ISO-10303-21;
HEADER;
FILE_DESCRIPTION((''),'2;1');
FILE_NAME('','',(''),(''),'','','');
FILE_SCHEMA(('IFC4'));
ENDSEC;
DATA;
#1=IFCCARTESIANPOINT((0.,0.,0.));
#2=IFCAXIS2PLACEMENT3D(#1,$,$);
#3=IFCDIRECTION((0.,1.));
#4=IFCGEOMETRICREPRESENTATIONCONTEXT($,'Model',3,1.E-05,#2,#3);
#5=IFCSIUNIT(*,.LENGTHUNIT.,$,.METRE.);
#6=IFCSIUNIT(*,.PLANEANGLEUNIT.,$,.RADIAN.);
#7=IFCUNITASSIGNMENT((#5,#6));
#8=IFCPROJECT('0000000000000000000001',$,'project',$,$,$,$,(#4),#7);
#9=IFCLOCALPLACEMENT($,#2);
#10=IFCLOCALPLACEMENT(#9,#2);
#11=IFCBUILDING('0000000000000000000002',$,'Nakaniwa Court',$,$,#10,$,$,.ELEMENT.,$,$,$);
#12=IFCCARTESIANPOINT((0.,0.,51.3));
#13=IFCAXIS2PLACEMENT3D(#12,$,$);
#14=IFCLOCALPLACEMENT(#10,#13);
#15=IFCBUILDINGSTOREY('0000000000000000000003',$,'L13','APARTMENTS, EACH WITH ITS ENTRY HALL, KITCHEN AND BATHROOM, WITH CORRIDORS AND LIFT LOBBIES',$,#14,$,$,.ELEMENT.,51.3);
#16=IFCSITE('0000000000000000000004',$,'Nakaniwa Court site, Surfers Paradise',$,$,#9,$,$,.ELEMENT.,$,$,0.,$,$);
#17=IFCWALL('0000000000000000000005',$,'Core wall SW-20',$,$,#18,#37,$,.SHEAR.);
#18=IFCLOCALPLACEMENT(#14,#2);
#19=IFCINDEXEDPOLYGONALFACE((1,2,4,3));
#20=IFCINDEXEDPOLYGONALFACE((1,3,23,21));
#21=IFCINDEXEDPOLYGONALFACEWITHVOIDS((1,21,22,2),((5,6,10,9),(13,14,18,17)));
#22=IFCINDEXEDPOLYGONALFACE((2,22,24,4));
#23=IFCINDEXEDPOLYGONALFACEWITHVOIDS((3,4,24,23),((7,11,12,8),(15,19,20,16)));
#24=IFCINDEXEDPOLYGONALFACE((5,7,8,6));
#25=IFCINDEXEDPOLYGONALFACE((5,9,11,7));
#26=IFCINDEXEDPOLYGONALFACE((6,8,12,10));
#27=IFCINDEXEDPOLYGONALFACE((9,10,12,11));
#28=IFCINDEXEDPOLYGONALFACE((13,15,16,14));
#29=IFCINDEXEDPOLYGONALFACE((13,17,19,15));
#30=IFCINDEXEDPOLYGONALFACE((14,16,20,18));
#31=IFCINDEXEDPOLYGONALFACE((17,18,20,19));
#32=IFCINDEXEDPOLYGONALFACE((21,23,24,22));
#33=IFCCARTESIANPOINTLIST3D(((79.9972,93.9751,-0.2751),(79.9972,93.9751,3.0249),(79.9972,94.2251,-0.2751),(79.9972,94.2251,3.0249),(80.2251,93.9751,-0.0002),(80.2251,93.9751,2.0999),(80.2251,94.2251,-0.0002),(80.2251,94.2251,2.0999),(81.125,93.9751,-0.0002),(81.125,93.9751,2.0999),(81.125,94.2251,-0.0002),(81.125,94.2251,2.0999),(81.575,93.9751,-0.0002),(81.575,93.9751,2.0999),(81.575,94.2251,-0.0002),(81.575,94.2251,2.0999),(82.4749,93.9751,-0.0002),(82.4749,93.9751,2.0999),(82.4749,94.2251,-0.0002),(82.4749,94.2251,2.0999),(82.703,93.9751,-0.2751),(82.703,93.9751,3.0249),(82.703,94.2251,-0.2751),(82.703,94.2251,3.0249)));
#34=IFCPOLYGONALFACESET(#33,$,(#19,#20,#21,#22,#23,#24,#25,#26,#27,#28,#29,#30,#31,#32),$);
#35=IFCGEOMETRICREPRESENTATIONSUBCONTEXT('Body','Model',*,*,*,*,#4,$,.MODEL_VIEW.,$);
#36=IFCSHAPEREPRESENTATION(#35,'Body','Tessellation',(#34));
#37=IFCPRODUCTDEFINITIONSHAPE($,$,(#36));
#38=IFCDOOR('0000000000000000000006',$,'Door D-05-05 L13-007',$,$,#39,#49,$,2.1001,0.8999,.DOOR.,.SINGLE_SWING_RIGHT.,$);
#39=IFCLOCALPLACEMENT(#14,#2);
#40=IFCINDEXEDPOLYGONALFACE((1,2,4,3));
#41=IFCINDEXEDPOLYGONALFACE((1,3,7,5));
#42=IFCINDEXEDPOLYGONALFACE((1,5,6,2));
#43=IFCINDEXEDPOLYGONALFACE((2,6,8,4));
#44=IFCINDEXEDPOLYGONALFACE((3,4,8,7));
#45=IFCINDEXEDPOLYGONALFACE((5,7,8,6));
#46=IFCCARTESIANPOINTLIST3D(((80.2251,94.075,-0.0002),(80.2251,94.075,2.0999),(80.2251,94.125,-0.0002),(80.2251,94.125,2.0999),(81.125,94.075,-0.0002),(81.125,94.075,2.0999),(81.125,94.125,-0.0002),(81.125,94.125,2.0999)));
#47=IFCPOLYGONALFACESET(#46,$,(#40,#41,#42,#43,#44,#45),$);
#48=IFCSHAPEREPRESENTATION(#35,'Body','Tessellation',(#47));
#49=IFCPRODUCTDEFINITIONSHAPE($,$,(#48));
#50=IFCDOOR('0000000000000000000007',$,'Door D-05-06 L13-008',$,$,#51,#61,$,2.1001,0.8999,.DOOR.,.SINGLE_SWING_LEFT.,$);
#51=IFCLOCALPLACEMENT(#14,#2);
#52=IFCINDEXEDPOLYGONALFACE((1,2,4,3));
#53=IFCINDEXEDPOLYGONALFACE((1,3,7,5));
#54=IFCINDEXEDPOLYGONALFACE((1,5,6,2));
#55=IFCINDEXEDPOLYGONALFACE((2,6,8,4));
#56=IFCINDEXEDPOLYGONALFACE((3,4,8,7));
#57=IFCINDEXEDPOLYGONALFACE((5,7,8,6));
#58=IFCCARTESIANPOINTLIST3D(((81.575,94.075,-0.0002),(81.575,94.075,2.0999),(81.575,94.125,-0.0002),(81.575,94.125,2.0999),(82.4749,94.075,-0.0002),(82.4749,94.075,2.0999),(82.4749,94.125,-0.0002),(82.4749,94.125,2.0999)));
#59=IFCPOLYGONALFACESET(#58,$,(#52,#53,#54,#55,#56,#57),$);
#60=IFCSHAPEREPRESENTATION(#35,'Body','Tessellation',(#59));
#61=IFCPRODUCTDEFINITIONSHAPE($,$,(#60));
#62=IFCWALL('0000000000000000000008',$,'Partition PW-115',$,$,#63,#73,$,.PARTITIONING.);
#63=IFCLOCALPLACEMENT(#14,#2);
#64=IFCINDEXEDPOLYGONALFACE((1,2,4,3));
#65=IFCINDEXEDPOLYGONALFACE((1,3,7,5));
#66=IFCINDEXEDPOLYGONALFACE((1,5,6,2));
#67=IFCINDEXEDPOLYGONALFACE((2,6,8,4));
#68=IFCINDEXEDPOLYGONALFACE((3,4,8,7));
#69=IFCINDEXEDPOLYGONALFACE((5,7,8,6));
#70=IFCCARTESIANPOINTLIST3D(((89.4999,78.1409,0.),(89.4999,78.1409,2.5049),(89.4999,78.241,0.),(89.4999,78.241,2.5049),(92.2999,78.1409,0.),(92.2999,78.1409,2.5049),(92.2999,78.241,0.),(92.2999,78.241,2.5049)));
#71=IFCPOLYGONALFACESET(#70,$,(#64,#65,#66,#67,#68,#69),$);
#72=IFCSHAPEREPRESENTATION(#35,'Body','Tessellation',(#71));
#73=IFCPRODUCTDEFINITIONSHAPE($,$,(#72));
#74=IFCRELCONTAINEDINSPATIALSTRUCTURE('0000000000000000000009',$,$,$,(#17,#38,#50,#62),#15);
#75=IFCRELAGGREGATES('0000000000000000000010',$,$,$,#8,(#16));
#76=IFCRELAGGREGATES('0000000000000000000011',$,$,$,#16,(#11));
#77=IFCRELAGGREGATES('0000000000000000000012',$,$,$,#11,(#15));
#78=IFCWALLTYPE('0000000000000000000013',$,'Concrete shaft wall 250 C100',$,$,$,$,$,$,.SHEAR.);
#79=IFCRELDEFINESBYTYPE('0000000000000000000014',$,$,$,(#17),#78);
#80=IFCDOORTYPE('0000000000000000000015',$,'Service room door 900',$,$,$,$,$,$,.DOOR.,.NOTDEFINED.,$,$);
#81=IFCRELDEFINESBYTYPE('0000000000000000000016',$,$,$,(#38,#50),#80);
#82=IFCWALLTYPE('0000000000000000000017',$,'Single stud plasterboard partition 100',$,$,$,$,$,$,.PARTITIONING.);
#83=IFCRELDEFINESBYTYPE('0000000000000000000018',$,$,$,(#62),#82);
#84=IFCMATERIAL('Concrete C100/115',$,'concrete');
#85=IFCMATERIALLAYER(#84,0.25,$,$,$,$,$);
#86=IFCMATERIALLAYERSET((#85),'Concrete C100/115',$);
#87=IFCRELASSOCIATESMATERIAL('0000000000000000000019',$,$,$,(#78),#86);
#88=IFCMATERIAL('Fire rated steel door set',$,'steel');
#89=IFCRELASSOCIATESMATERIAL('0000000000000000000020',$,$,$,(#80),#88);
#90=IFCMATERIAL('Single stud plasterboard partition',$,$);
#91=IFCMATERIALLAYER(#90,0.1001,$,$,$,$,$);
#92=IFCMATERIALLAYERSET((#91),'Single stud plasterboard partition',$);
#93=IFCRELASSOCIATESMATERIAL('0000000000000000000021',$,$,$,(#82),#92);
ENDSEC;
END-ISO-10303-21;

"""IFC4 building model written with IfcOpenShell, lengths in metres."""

from ifc_helpers import new_model, si_unit, direction, frame, frame_2d, origin, place, context, subcontext, project, spatial, rectangle, extrude, material, layer, layer_set, type_object, element, fill, save


model = new_model("IFC4")

# Units and contexts
model_context = context("Model", 3, precision=1e-05, world=origin(), true_north=direction((0.0, 1.0)))
body_context = subcontext(model_context, "Body", "Model", "MODEL_VIEW")
ifc_project = project(units=[si_unit("LENGTHUNIT", "METRE"), si_unit("PLANEANGLEUNIT", "RADIAN")], contexts=[model_context])

# Site, building, storey
site_placement = place(None, origin())
site = spatial("IfcSite", under=ifc_project, at=site_placement, Name="Nakaniwa Court site, Surfers Paradise", CompositionType="ELEMENT", RefElevation=0.0)
building_placement = place(site_placement, origin())
building = spatial("IfcBuilding", under=site, at=building_placement, Name="Nakaniwa Court", CompositionType="ELEMENT")
storey_placement = place(building_placement, frame((0.0, 0.0, 51.3)))
storey = spatial("IfcBuildingStorey", under=building, at=storey_placement, Name="L13", Description="APARTMENTS, EACH WITH ITS ENTRY HALL, KITCHEN AND BATHROOM, WITH CORRIDORS AND LIFT LOBBIES", CompositionType="ELEMENT", Elevation=51.3)

# Shared definitions
ifc_material_1 = material(Name="Concrete C100/115", Category="concrete")

# Shared definitions
ifc_layer_1 = layer(ifc_material_1, 0.25)
ifc_layer_set_1 = layer_set([ifc_layer_1], Name="Concrete C100/115")
wall_type_1 = type_object("IfcWallType", Name="Concrete shaft wall 250 C100", PredefinedType="SHEAR", material=ifc_layer_set_1)

# Shared definitions
ifc_material_2 = material(Name="Fire rated steel door set", Category="steel")
door_type_1 = type_object("IfcDoorType", Name="Service room door 900", OperationType="NOTDEFINED", PredefinedType="DOOR", material=ifc_material_2)

# Wall, openings, doors
wall_1_placement = place(storey_placement, frame((79.9971, 94.1001, -0.2751), z_axis=(0.0, 0.0, 1.0), x_axis=(1.0, 0.0, 0.0)))
wall_1 = element("IfcWall", 1, at=wall_1_placement, inside=storey, type_object=wall_type_1, Name="Core wall SW-20", PredefinedType="SHEAR", context=body_context, shape_type="SweptSolid", body=[
    extrude(rectangle(XDim=2.7058, YDim=0.25, at=frame_2d((1.353, 0.0))), origin(), (0.0, 0.0, 1.0), 3.3),
])
opening_1_placement = place(wall_1_placement, frame((0.228, 0.0, 0.2749)))
opening_1 = element("IfcOpeningElement", 2, at=opening_1_placement, cuts=wall_1, PredefinedType="OPENING", context=body_context, shape_type="SweptSolid", body=[
    extrude(rectangle(XDim=0.8999, YDim=2.1001, at=frame_2d((0.45, 1.05))), frame((0.0, 0.135, 0.0), z_axis=(0.0, -1.0, 0.0), x_axis=(1.0, 0.0, 0.0)), (0.0, 0.0, 1.0), 0.27),
])
opening_2_placement = place(wall_1_placement, frame((1.5779, 0.0, 0.2749)))
opening_2 = element("IfcOpeningElement", 3, at=opening_2_placement, cuts=wall_1, PredefinedType="OPENING", context=body_context, shape_type="SweptSolid", body=[
    extrude(rectangle(XDim=0.8999, YDim=2.1001, at=frame_2d((0.45, 1.05))), frame((0.0, 0.135, 0.0), z_axis=(0.0, -1.0, 0.0), x_axis=(1.0, 0.0, 0.0)), (0.0, 0.0, 1.0), 0.27),
])
door_1_placement = place(opening_1_placement, origin())
door_1 = element("IfcDoor", 4, at=door_1_placement, inside=storey, type_object=door_type_1, Name="Door D-05-05 L13-007", OperationType="SINGLE_SWING_RIGHT", OverallHeight=2.1001, OverallWidth=0.8999, PredefinedType="DOOR", context=body_context, shape_type="SweptSolid", body=[
    extrude(rectangle(XDim=0.8999, YDim=2.1001, at=frame_2d((0.45, 1.05))), frame((0.0, 0.0249, 0.0), z_axis=(0.0, -1.0, 0.0), x_axis=(1.0, 0.0, 0.0)), (0.0, 0.0, 1.0), 0.05),
])
fill(opening_1, door_1)
door_2_placement = place(opening_2_placement, origin())
door_2 = element("IfcDoor", 5, at=door_2_placement, inside=storey, type_object=door_type_1, Name="Door D-05-06 L13-008", OperationType="SINGLE_SWING_LEFT", OverallHeight=2.1001, OverallWidth=0.8999, PredefinedType="DOOR", context=body_context, shape_type="SweptSolid", body=[
    extrude(rectangle(XDim=0.8999, YDim=2.1001, at=frame_2d((0.45, 1.05))), frame((0.0, 0.0249, 0.0), z_axis=(0.0, -1.0, 0.0), x_axis=(1.0, 0.0, 0.0)), (0.0, 0.0, 1.0), 0.05),
])
fill(opening_2, door_2)

# Wall
ifc_material_3 = material(Name="Single stud plasterboard partition")
ifc_layer_2 = layer(ifc_material_3, 0.1001)
ifc_layer_set_2 = layer_set([ifc_layer_2], Name="Single stud plasterboard partition")
wall_type_2 = type_object("IfcWallType", Name="Single stud plasterboard partition 100", PredefinedType="PARTITIONING", material=ifc_layer_set_2)
wall_2_placement = place(storey_placement, frame((89.5, 78.1909, 0.0), z_axis=(0.0, 0.0, 1.0), x_axis=(1.0, 0.0, 0.0)))
element("IfcWall", 6, at=wall_2_placement, inside=storey, type_object=wall_type_2, Name="Partition PW-115", PredefinedType="PARTITIONING", context=body_context, shape_type="SweptSolid", body=[
    extrude(rectangle(XDim=2.8, YDim=0.1001, at=frame_2d((1.3999, 0.0))), origin(), (0.0, 0.0, 1.0), 2.5049),
])

save(model, "model.ifc")
